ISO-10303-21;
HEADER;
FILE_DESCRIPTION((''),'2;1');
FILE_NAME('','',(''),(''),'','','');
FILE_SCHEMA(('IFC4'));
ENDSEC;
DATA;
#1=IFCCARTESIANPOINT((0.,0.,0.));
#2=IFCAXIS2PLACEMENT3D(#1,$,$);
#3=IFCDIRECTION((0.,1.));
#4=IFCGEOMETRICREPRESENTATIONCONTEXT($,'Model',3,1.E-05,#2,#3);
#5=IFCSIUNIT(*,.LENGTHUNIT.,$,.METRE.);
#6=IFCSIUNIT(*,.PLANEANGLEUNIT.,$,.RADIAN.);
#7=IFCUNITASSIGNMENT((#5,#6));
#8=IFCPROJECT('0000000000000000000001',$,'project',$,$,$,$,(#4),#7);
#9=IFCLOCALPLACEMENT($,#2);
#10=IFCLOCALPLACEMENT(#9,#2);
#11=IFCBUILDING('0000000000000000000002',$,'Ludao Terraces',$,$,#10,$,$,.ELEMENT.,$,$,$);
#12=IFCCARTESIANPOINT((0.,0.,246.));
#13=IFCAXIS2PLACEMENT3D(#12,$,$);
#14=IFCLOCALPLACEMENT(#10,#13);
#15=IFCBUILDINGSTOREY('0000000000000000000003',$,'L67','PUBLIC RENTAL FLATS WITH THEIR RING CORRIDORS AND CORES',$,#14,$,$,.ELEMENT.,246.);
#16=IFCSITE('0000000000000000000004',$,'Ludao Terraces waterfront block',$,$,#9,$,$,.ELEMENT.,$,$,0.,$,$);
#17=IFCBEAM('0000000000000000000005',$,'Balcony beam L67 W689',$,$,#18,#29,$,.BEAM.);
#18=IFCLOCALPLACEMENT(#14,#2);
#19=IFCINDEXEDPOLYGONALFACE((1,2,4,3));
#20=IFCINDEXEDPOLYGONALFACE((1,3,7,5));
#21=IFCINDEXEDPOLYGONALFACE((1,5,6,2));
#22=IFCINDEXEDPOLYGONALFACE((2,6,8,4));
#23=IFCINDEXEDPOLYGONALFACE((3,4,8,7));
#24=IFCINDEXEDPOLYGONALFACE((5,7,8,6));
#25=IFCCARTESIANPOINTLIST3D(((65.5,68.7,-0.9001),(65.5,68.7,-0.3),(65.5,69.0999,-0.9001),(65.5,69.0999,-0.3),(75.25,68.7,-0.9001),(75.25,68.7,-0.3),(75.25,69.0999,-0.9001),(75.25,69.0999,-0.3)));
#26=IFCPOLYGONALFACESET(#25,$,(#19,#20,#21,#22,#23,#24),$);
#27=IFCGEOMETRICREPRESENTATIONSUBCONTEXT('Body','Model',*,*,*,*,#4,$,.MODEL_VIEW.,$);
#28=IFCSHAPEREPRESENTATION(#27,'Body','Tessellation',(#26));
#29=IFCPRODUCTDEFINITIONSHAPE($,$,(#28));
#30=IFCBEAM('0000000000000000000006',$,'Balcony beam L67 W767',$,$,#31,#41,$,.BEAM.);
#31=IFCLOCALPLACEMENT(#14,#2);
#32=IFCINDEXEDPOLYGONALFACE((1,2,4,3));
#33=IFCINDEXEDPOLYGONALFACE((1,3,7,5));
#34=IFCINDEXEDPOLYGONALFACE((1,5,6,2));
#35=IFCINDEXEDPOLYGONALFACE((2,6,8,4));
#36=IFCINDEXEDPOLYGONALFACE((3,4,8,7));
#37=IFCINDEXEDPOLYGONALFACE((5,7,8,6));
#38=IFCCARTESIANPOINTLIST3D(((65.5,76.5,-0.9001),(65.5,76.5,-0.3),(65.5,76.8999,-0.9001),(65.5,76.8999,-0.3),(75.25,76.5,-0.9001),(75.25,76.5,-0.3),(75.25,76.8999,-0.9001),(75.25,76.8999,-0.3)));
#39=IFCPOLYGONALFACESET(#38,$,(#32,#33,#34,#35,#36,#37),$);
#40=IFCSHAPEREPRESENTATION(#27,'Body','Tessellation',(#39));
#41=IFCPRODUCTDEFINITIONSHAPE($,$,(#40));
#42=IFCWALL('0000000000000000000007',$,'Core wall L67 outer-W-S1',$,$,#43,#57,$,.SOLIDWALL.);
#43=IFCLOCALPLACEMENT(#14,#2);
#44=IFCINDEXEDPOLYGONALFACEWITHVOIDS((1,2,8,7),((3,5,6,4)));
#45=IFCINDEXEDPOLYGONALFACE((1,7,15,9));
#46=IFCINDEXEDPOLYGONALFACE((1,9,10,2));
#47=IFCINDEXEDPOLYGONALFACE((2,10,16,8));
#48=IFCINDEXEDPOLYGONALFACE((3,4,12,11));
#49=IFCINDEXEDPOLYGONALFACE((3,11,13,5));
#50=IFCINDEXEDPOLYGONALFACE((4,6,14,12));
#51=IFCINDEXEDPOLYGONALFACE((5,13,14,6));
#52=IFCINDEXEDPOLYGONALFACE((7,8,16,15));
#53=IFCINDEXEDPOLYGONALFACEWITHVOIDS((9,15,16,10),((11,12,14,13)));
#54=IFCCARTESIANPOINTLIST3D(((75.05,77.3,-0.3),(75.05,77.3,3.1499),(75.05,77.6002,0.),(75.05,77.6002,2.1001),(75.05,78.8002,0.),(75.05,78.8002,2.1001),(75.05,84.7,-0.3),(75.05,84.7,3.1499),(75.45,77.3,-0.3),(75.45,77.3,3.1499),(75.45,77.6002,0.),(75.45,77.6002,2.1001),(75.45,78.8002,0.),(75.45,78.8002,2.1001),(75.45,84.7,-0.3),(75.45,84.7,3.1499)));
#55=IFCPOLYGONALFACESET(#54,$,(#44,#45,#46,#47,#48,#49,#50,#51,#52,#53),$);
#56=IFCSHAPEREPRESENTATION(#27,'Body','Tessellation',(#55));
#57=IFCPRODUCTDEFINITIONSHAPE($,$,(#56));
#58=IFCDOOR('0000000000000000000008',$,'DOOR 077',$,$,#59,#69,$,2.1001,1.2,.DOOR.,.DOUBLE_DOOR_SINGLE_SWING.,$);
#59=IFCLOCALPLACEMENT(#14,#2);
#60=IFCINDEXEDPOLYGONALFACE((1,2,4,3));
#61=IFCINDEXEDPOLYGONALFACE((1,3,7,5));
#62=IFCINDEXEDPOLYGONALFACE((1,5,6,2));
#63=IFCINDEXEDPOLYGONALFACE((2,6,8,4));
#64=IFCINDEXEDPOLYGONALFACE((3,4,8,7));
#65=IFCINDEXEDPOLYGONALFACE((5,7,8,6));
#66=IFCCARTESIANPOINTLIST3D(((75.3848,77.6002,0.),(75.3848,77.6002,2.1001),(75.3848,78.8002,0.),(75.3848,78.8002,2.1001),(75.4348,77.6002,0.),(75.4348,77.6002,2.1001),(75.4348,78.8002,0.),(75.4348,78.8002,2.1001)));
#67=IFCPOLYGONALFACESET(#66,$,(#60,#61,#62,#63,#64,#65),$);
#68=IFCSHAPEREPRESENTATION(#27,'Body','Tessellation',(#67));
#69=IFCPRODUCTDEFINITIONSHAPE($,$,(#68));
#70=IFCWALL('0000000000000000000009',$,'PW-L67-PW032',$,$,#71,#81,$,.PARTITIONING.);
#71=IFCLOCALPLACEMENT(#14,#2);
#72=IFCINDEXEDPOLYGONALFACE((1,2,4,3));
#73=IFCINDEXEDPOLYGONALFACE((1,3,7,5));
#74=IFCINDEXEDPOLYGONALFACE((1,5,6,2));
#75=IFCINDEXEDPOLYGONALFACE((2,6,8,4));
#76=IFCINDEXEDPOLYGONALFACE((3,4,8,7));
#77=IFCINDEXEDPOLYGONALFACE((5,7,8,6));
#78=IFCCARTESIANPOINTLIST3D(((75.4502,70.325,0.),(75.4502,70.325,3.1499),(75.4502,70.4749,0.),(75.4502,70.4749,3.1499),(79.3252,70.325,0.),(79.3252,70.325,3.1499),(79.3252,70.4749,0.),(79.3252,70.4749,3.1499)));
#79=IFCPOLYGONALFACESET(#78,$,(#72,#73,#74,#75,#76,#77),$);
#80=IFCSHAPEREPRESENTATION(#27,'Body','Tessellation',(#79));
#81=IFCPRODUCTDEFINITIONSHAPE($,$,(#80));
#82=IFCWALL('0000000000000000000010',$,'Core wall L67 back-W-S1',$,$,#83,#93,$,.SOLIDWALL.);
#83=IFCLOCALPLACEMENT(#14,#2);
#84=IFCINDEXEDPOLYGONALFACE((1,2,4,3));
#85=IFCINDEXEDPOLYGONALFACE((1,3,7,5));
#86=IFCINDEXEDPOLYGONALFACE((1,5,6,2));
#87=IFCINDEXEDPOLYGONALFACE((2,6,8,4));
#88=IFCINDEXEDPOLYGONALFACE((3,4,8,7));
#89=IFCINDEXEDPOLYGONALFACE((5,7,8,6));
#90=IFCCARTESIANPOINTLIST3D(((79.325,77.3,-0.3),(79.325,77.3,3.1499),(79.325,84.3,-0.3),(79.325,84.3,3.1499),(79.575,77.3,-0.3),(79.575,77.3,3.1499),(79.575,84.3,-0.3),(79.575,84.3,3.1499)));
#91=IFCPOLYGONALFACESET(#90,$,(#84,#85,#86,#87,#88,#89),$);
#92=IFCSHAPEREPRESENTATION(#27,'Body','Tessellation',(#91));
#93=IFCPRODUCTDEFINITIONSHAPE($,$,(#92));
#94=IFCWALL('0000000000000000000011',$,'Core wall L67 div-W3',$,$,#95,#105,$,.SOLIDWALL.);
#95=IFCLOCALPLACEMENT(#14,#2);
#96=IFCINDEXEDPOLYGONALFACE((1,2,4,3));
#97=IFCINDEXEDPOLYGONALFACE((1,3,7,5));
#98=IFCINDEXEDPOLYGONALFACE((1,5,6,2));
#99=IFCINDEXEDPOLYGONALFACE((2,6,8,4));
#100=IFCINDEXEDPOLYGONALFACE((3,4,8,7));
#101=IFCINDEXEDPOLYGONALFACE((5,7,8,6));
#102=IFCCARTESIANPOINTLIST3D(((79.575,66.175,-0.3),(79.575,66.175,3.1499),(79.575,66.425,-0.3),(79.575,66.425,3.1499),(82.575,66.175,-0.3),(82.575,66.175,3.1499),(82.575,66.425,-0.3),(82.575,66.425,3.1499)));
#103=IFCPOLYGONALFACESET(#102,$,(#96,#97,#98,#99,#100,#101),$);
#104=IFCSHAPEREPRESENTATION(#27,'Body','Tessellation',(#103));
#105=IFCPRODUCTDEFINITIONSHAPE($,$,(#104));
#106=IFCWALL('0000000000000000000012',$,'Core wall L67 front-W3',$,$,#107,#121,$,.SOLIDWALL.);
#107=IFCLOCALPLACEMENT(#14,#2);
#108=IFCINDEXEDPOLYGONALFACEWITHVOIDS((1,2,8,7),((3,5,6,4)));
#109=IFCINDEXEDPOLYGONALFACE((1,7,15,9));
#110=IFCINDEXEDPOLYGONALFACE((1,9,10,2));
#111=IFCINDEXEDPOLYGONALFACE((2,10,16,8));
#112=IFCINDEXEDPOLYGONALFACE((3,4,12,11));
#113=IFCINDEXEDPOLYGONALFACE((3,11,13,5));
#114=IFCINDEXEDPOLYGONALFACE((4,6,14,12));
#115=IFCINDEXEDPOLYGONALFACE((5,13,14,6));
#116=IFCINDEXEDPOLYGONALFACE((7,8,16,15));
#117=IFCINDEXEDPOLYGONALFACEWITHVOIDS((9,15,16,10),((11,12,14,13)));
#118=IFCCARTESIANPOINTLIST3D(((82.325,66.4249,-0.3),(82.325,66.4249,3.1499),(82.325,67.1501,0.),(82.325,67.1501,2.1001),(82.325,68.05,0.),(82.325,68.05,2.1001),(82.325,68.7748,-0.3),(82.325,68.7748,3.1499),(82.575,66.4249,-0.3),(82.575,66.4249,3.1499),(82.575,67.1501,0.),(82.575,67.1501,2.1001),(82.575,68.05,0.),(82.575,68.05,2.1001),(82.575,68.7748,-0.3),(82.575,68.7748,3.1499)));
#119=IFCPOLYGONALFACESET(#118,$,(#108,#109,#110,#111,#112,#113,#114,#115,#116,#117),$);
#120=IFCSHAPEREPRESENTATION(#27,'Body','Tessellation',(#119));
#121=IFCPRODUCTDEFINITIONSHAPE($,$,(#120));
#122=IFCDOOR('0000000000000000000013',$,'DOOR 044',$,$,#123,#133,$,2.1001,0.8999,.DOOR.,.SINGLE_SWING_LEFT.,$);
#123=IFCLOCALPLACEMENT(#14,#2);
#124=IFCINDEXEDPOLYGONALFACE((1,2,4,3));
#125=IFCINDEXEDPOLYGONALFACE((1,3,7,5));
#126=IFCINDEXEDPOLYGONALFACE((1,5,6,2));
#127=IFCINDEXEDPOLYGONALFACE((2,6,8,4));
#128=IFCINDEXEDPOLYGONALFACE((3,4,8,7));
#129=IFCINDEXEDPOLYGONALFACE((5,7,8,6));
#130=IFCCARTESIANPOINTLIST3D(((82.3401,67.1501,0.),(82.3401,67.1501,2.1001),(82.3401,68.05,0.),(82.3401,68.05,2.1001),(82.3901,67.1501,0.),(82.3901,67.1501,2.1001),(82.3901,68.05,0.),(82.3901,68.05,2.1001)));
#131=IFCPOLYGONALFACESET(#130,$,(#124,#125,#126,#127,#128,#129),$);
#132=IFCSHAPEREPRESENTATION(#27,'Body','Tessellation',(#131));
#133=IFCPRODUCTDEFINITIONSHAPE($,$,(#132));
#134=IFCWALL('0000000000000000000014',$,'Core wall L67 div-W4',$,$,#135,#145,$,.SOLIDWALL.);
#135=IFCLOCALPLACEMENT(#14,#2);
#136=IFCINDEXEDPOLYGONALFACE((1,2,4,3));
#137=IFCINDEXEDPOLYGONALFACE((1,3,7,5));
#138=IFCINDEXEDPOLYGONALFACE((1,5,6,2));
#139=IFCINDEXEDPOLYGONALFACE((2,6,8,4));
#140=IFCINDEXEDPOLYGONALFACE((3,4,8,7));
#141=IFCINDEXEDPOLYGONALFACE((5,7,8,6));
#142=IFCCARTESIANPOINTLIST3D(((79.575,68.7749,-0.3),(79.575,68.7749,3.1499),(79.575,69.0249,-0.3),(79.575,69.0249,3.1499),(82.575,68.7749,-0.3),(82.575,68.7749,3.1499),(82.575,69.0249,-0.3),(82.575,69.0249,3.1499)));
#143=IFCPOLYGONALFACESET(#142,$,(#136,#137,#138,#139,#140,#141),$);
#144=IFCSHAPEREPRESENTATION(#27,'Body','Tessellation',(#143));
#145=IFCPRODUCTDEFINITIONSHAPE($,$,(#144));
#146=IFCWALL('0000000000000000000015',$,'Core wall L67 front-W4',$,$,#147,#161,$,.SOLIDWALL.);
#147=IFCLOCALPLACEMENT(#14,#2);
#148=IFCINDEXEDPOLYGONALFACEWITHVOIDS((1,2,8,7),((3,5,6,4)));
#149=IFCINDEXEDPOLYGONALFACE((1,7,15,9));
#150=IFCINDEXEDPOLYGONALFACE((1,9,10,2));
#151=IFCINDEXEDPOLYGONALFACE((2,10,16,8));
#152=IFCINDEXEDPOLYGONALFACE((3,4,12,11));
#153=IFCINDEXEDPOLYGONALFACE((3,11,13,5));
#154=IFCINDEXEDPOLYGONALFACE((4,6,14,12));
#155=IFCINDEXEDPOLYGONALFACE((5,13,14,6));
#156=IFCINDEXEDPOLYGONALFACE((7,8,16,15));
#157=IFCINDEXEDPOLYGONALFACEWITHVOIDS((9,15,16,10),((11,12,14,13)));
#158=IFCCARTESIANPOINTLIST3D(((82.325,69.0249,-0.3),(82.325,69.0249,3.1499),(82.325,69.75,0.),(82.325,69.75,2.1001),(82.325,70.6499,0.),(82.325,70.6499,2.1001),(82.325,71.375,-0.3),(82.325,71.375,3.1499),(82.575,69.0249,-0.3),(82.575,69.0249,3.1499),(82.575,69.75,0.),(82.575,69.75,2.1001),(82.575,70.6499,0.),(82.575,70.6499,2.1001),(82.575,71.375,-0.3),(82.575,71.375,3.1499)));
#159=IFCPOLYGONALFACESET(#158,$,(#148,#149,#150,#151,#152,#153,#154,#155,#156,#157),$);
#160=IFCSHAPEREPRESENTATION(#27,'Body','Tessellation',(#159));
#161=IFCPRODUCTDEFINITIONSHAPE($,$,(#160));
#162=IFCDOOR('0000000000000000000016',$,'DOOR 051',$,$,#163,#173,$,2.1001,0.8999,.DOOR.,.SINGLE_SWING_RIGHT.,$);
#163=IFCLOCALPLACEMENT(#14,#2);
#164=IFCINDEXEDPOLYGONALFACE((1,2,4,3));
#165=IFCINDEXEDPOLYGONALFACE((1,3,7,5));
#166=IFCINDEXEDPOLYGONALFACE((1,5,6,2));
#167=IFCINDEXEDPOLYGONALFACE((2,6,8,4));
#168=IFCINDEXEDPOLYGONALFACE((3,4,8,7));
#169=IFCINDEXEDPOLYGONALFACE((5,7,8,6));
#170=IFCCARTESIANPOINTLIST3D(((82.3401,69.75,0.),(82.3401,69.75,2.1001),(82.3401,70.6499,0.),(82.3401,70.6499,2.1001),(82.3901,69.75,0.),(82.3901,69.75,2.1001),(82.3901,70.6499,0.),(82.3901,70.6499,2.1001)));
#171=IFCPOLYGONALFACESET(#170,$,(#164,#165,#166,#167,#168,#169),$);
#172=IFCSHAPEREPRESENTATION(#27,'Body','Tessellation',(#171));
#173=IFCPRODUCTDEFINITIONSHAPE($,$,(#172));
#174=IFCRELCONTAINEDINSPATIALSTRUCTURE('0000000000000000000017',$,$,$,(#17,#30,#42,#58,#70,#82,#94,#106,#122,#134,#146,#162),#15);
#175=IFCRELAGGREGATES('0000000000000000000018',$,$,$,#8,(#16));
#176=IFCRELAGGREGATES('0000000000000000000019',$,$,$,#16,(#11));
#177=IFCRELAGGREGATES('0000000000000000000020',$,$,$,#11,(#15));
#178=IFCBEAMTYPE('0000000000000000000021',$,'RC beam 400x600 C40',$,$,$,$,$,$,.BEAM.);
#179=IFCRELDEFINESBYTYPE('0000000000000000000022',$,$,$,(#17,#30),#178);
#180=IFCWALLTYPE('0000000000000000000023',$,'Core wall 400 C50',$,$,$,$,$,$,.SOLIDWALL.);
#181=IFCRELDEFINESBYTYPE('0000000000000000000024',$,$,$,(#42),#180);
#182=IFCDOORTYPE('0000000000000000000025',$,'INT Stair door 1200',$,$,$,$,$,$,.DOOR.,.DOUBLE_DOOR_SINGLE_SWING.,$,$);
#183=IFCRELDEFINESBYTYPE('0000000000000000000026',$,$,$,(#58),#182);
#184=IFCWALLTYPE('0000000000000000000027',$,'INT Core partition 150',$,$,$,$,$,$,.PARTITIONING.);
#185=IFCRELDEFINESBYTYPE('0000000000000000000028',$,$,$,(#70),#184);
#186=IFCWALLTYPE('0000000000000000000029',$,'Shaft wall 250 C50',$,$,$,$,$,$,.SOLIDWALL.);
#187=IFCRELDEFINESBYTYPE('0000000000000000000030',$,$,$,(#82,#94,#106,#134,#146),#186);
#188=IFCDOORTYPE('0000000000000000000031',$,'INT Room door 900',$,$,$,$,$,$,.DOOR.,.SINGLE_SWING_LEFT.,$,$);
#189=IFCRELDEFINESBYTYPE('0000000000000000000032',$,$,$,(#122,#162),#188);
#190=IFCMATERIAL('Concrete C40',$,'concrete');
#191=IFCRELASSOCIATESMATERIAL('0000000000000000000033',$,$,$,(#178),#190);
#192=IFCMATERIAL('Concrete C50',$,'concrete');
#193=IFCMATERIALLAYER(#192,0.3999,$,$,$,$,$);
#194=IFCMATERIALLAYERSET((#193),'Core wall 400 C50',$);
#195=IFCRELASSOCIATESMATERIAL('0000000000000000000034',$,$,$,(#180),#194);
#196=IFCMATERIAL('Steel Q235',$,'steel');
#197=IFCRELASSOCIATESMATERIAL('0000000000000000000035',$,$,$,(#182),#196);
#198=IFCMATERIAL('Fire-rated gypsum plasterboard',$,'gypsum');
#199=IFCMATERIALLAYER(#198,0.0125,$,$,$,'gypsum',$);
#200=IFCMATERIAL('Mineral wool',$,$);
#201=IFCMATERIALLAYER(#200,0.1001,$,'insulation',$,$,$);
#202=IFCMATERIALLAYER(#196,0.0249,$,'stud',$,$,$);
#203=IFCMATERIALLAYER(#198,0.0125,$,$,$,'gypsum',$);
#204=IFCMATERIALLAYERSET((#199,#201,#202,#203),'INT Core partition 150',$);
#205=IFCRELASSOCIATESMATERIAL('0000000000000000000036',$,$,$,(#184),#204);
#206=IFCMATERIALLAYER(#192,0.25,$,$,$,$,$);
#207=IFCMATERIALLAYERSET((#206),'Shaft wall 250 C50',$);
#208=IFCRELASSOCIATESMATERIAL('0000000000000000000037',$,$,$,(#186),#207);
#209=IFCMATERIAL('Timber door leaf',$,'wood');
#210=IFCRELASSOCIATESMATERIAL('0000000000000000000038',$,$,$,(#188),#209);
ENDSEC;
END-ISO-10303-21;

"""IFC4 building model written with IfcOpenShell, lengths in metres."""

from ifc_helpers import new_model, si_unit, direction, frame, frame_2d, origin, origin_2d, place, context, subcontext, project, spatial, rectangle, extrude, material, layer, layer_set, material_profile, profile_set, type_object, element, fill, save


model = new_model("IFC4")

# Units and contexts
model_context = context("Model", 3, precision=1e-05, world=origin(), true_north=direction((0.0, 1.0)))
body_context = subcontext(model_context, "Body", "Model", "MODEL_VIEW")
ifc_project = project(units=[si_unit("LENGTHUNIT", "METRE"), si_unit("PLANEANGLEUNIT", "RADIAN")], contexts=[model_context])

# Site, building, storey
site_placement = place(None, origin())
site = spatial("IfcSite", under=ifc_project, at=site_placement, Name="Ludao Terraces waterfront block", CompositionType="ELEMENT", RefElevation=0.0)
building_placement = place(site_placement, origin())
building = spatial("IfcBuilding", under=site, at=building_placement, Name="Ludao Terraces", CompositionType="ELEMENT")
storey_placement = place(building_placement, frame((0.0, 0.0, 246.0)))
storey = spatial("IfcBuildingStorey", under=building, at=storey_placement, Name="L67", Description="PUBLIC RENTAL FLATS WITH THEIR RING CORRIDORS AND CORES", CompositionType="ELEMENT", Elevation=246.0)

# Beams
ifc_material_1 = material(Name="Concrete C40", Category="concrete")
ifc_material_profile = material_profile(ifc_material_1, rectangle(XDim=0.3999, YDim=0.6001, at=origin_2d()), Name="400 X 600")
ifc_profile_set = profile_set([ifc_material_profile], Name="Concrete C40")
beam_type = type_object("IfcBeamType", Name="RC beam 400x600 C40", PredefinedType="BEAM", material=ifc_profile_set)
for number, where, z_axis, x_axis, name in (
    (1, (75.25, 68.8999, -0.6001), (-1.0, 0.0, 0.0), (0.0, -1.0, 0.0), "Balcony beam L67 W689"),
    (2, (75.25, 76.7, -0.6001), (-1.0, 0.0, 0.0), (0.0, -1.0, 0.0), "Balcony beam L67 W767"),
):
    element("IfcBeam", number, at=place(storey_placement, frame(where, z_axis=z_axis, x_axis=x_axis)), inside=storey, type_object=beam_type, Name=name, PredefinedType="BEAM", context=body_context, shape_type="SweptSolid", body=[
        extrude(rectangle(XDim=0.3999, YDim=0.6001, at=origin_2d()), origin(), (0.0, 0.0, 1.0), 9.75),
    ])

# Wall, opening, door
ifc_material_2 = material(Name="Concrete C50", Category="concrete")
ifc_layer_1 = layer(ifc_material_2, 0.3999)
ifc_layer_set_1 = layer_set([ifc_layer_1], Name="Core wall 400 C50")
wall_type_1 = type_object("IfcWallType", Name="Core wall 400 C50", PredefinedType="SOLIDWALL", material=ifc_layer_set_1)
wall_1_placement = place(storey_placement, frame((75.25, 77.3, -0.3), z_axis=(0.0, 0.0, 1.0), x_axis=(0.0, 1.0, 0.0)))
wall_1 = element("IfcWall", 3, at=wall_1_placement, inside=storey, type_object=wall_type_1, Name="Core wall L67 outer-W-S1", PredefinedType="SOLIDWALL", context=body_context, shape_type="SweptSolid", body=[
    extrude(rectangle(XDim=7.3999, YDim=0.3999, at=frame_2d((3.7, 0.0))), origin(), (0.0, 0.0, 1.0), 3.45),
])
opening_1_placement = place(wall_1_placement, frame((0.3, 0.0, 0.3)))
opening_1 = element("IfcOpeningElement", 4, at=opening_1_placement, cuts=wall_1, PredefinedType="OPENING", context=body_context, shape_type="SweptSolid", body=[
    extrude(rectangle(XDim=1.2, YDim=2.1001, at=frame_2d((0.6001, 1.05))), frame((0.0, 0.21, 0.0), z_axis=(0.0, -1.0, 0.0), x_axis=(1.0, 0.0, 0.0)), (0.0, 0.0, 1.0), 0.4199),
])
ifc_material_3 = material(Name="Steel Q235", Category="steel")
door_type_1 = type_object("IfcDoorType", Name="INT Stair door 1200", OperationType="DOUBLE_DOOR_SINGLE_SWING", PredefinedType="DOOR", material=ifc_material_3)
door_1_placement = place(opening_1_placement, origin())
door_1 = element("IfcDoor", 5, at=door_1_placement, inside=storey, type_object=door_type_1, Name="DOOR 077", OperationType="DOUBLE_DOOR_SINGLE_SWING", OverallHeight=2.1001, OverallWidth=1.2, PredefinedType="DOOR", context=body_context, shape_type="SweptSolid", body=[
    extrude(rectangle(XDim=1.2, YDim=2.1001, at=frame_2d((0.6001, 1.05))), frame((0.0, -0.1348, 0.0), z_axis=(0.0, -1.0, 0.0), x_axis=(1.0, 0.0, 0.0)), (0.0, 0.0, 1.0), 0.05),
])
fill(opening_1, door_1)

# Walls
ifc_material_4 = material(Name="Fire-rated gypsum plasterboard", Category="gypsum")
ifc_layer_2 = layer(ifc_material_4, 0.0125, Category="gypsum")
ifc_material_5 = material(Name="Mineral wool")
ifc_layer_3 = layer(ifc_material_5, 0.1001, Name="insulation")
ifc_layer_4 = layer(ifc_material_3, 0.0249, Name="stud")
ifc_layer_5 = layer(ifc_material_4, 0.0125, Category="gypsum")
ifc_layer_set_2 = layer_set([ifc_layer_2, ifc_layer_3, ifc_layer_4, ifc_layer_5], Name="INT Core partition 150")
wall_type_2 = type_object("IfcWallType", Name="INT Core partition 150", PredefinedType="PARTITIONING", material=ifc_layer_set_2)
wall_2_placement = place(storey_placement, frame((75.4502, 70.3999, 0.0), z_axis=(0.0, 0.0, 1.0), x_axis=(1.0, 0.0, 0.0)))
element("IfcWall", 6, at=wall_2_placement, inside=storey, type_object=wall_type_2, Name="PW-L67-PW032", PredefinedType="PARTITIONING", context=body_context, shape_type="SweptSolid", body=[
    extrude(rectangle(XDim=3.875, YDim=0.1499, at=frame_2d((1.9375, 0.0))), origin(), (0.0, 0.0, 1.0), 3.1499),
])
ifc_layer_6 = layer(ifc_material_2, 0.25)
ifc_layer_set_3 = layer_set([ifc_layer_6], Name="Shaft wall 250 C50")
wall_type_3 = type_object("IfcWallType", Name="Shaft wall 250 C50", PredefinedType="SOLIDWALL", material=ifc_layer_set_3)
wall_3_placement = place(storey_placement, frame((79.45, 77.3, -0.3), z_axis=(0.0, 0.0, 1.0), x_axis=(0.0, 1.0, 0.0)))
element("IfcWall", 7, at=wall_3_placement, inside=storey, type_object=wall_type_3, Name="Core wall L67 back-W-S1", PredefinedType="SOLIDWALL", context=body_context, shape_type="SweptSolid", body=[
    extrude(rectangle(XDim=7.0, YDim=0.25, at=frame_2d((3.5, 0.0))), origin(), (0.0, 0.0, 1.0), 3.45),
])
wall_4_placement = place(storey_placement, frame((79.575, 66.3, -0.3), z_axis=(0.0, 0.0, 1.0), x_axis=(1.0, 0.0, 0.0)))
element("IfcWall", 8, at=wall_4_placement, inside=storey, type_object=wall_type_3, Name="Core wall L67 div-W3", PredefinedType="SOLIDWALL", context=body_context, shape_type="SweptSolid", body=[
    extrude(rectangle(XDim=3.0, YDim=0.25, at=frame_2d((1.5, 0.0))), origin(), (0.0, 0.0, 1.0), 3.45),
])

# Wall, opening, door
wall_5_placement = place(storey_placement, frame((82.45, 66.425, -0.3), z_axis=(0.0, 0.0, 1.0), x_axis=(0.0, 1.0, 0.0)))
wall_5 = element("IfcWall", 9, at=wall_5_placement, inside=storey, type_object=wall_type_3, Name="Core wall L67 front-W3", PredefinedType="SOLIDWALL", context=body_context, shape_type="SweptSolid", body=[
    extrude(rectangle(XDim=2.3499, YDim=0.25, at=frame_2d((1.1748, 0.0))), origin(), (0.0, 0.0, 1.0), 3.45),
])
opening_2_placement = place(wall_5_placement, frame((0.7251, 0.0, 0.3)))
opening_2 = element("IfcOpeningElement", 10, at=opening_2_placement, cuts=wall_5, PredefinedType="OPENING", context=body_context, shape_type="SweptSolid", body=[
    extrude(rectangle(XDim=0.8999, YDim=2.1001, at=frame_2d((0.45, 1.05))), frame((0.0, 0.135, 0.0), z_axis=(0.0, -1.0, 0.0), x_axis=(1.0, 0.0, 0.0)), (0.0, 0.0, 1.0), 0.27),
])
ifc_material_6 = material(Name="Timber door leaf", Category="wood")
door_type_2 = type_object("IfcDoorType", Name="INT Room door 900", OperationType="SINGLE_SWING_LEFT", PredefinedType="DOOR", material=ifc_material_6)
door_2_placement = place(opening_2_placement, origin())
door_2 = element("IfcDoor", 11, at=door_2_placement, inside=storey, type_object=door_type_2, Name="DOOR 044", OperationType="SINGLE_SWING_LEFT", OverallHeight=2.1001, OverallWidth=0.8999, PredefinedType="DOOR", context=body_context, shape_type="SweptSolid", body=[
    extrude(rectangle(XDim=0.8999, YDim=2.1001, at=frame_2d((0.45, 1.05))), frame((0.0, 0.1099, 0.0), z_axis=(0.0, -1.0, 0.0), x_axis=(1.0, 0.0, 0.0)), (0.0, 0.0, 1.0), 0.05),
])
fill(opening_2, door_2)

# Wall
wall_6_placement = place(storey_placement, frame((79.575, 68.8999, -0.3), z_axis=(0.0, 0.0, 1.0), x_axis=(1.0, 0.0, 0.0)))
element("IfcWall", 12, at=wall_6_placement, inside=storey, type_object=wall_type_3, Name="Core wall L67 div-W4", PredefinedType="SOLIDWALL", context=body_context, shape_type="SweptSolid", body=[
    extrude(rectangle(XDim=3.0, YDim=0.25, at=frame_2d((1.5, 0.0))), origin(), (0.0, 0.0, 1.0), 3.45),
])

# Wall, opening, door
wall_7_placement = place(storey_placement, frame((82.45, 69.0249, -0.3), z_axis=(0.0, 0.0, 1.0), x_axis=(0.0, 1.0, 0.0)))
wall_7 = element("IfcWall", 13, at=wall_7_placement, inside=storey, type_object=wall_type_3, Name="Core wall L67 front-W4", PredefinedType="SOLIDWALL", context=body_context, shape_type="SweptSolid", body=[
    extrude(rectangle(XDim=2.3501, YDim=0.25, at=frame_2d((1.175, 0.0))), origin(), (0.0, 0.0, 1.0), 3.45),
])
opening_3_placement = place(wall_7_placement, frame((0.7251, 0.0, 0.3)))
opening_3 = element("IfcOpeningElement", 14, at=opening_3_placement, cuts=wall_7, PredefinedType="OPENING", context=body_context, shape_type="SweptSolid", body=[
    extrude(rectangle(XDim=0.8999, YDim=2.1001, at=frame_2d((0.45, 1.05))), frame((0.0, 0.135, 0.0), z_axis=(0.0, -1.0, 0.0), x_axis=(1.0, 0.0, 0.0)), (0.0, 0.0, 1.0), 0.27),
])
door_3_placement = place(opening_3_placement, origin())
door_3 = element("IfcDoor", 15, at=door_3_placement, inside=storey, type_object=door_type_2, Name="DOOR 051", OperationType="SINGLE_SWING_RIGHT", OverallHeight=2.1001, OverallWidth=0.8999, PredefinedType="DOOR", context=body_context, shape_type="SweptSolid", body=[
    extrude(rectangle(XDim=0.8999, YDim=2.1001, at=frame_2d((0.45, 1.05))), frame((0.0, 0.1099, 0.0), z_axis=(0.0, -1.0, 0.0), x_axis=(1.0, 0.0, 0.0)), (0.0, 0.0, 1.0), 0.05),
])
fill(opening_3, door_3)

save(model, "model.ifc")
